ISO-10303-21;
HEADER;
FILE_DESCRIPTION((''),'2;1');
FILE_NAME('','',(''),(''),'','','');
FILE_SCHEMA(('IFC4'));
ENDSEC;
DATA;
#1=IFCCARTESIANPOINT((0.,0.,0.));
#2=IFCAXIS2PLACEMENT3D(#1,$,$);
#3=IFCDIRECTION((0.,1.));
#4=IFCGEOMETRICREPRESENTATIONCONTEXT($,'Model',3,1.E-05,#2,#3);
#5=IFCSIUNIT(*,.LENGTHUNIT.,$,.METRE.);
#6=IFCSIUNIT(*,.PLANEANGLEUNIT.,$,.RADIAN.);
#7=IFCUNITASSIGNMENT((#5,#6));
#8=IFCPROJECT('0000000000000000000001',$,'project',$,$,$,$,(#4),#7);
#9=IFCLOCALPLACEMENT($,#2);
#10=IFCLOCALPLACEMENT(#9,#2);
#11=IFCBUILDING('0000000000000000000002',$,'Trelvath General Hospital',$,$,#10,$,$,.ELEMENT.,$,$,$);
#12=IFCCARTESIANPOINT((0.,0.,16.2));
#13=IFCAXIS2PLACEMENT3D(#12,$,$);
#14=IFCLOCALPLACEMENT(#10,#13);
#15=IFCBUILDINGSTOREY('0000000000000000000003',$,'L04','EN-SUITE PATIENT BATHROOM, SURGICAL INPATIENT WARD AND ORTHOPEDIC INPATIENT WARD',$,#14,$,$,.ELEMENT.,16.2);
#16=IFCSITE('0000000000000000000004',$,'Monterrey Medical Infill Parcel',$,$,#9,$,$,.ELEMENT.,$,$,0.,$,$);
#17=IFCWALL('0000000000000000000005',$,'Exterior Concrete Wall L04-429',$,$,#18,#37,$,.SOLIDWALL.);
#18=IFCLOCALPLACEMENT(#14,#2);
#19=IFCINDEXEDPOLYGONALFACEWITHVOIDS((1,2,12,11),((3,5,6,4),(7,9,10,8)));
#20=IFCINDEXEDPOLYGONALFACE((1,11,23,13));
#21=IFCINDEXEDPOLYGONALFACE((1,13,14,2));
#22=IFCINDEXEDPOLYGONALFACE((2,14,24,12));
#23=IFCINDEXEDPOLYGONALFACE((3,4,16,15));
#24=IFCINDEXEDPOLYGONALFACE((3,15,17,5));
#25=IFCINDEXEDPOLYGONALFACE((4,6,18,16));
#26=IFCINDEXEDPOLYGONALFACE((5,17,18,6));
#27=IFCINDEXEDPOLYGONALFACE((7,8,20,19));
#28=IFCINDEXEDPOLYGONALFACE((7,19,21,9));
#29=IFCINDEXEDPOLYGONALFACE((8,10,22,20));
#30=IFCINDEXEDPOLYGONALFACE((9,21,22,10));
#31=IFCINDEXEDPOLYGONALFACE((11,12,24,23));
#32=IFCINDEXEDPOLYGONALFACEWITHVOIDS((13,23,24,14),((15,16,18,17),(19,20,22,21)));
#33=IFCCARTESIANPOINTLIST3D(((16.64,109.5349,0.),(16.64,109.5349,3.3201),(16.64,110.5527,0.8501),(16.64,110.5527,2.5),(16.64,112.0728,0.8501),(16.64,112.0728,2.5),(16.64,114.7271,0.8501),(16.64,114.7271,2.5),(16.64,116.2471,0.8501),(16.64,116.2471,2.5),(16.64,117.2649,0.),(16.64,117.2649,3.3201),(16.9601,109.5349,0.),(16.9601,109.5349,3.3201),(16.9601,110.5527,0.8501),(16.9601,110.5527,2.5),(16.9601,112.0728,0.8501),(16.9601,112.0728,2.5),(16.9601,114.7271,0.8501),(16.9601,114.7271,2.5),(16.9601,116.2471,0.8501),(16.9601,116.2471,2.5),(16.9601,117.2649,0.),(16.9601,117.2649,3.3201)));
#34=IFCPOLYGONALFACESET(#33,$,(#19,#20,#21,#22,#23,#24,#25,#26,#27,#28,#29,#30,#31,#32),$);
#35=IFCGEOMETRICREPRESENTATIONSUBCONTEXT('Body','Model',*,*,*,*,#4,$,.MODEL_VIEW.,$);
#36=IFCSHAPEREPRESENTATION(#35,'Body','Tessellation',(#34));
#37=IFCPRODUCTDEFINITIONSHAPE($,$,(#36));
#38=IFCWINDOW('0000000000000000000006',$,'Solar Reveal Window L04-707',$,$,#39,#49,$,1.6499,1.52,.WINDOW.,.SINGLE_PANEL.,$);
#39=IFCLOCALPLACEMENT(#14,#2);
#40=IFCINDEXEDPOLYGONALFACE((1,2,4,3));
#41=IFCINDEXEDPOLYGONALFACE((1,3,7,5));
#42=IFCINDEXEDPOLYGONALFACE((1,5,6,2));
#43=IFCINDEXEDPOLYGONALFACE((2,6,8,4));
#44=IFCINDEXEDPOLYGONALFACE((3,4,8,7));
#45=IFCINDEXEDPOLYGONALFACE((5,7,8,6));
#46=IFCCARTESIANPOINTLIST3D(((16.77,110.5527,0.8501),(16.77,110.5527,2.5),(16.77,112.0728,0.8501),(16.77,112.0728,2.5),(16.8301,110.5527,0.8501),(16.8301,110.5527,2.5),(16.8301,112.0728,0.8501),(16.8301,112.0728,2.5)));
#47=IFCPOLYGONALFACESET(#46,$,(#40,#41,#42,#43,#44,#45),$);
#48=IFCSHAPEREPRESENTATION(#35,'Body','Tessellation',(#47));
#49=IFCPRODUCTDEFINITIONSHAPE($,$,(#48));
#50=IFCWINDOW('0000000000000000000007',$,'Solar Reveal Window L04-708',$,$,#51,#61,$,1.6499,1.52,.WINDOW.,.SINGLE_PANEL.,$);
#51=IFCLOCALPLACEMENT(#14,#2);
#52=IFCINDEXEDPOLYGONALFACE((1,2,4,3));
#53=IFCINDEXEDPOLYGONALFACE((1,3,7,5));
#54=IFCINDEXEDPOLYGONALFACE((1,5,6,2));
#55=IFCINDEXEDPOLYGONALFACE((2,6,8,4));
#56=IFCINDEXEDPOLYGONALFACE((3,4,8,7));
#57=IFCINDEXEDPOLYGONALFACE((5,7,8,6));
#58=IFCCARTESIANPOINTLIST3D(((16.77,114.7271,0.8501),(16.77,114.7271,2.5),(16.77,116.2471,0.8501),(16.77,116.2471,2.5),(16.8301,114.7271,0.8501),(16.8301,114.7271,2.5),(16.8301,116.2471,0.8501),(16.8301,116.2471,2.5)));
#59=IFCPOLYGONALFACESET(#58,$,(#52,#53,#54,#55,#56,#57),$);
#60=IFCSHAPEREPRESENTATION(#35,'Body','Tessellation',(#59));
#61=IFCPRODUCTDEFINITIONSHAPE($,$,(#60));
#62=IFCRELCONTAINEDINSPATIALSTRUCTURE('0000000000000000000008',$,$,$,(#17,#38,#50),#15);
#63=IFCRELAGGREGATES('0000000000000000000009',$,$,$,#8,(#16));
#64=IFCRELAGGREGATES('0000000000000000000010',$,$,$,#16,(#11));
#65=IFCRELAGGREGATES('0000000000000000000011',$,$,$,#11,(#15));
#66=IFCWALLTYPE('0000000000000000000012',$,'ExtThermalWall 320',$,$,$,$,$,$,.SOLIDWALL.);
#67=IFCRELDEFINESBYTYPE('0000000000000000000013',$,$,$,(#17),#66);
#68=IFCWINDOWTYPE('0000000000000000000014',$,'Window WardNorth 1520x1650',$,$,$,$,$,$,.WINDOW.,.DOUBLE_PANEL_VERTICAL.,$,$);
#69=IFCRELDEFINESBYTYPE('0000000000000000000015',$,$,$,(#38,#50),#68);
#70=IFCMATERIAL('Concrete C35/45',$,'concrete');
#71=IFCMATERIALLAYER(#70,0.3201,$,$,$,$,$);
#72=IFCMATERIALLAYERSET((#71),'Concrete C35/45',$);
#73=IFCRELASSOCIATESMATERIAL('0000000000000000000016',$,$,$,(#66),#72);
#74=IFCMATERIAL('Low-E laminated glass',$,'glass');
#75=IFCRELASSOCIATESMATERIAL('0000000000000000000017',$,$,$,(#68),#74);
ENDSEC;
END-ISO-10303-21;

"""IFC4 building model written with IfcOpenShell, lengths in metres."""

from ifc_helpers import new_model, si_unit, direction, frame, frame_2d, origin, place, context, subcontext, project, spatial, rectangle, extrude, material, layer, layer_set, type_object, element, fill, save


model = new_model("IFC4")

# Units and contexts
model_context = context("Model", 3, precision=1e-05, world=origin(), true_north=direction((0.0, 1.0)))
body_context = subcontext(model_context, "Body", "Model", "MODEL_VIEW")
ifc_project = project(units=[si_unit("LENGTHUNIT", "METRE"), si_unit("PLANEANGLEUNIT", "RADIAN")], contexts=[model_context])

# Site, building, storey
site_placement = place(None, origin())
site = spatial("IfcSite", under=ifc_project, at=site_placement, Name="Monterrey Medical Infill Parcel", CompositionType="ELEMENT", RefElevation=0.0)
building_placement = place(site_placement, origin())
building = spatial("IfcBuilding", under=site, at=building_placement, Name="Trelvath General Hospital", CompositionType="ELEMENT")
storey_placement = place(building_placement, frame((0.0, 0.0, 16.2)))
storey = spatial("IfcBuildingStorey", under=building, at=storey_placement, Name="L04", Description="EN-SUITE PATIENT BATHROOM, SURGICAL INPATIENT WARD AND ORTHOPEDIC INPATIENT WARD", CompositionType="ELEMENT", Elevation=16.2)

# Wall, openings, windows
ifc_material_1 = material(Name="Concrete C35/45", Category="concrete")
ifc_layer_1 = layer(ifc_material_1, 0.3201)
ifc_layer_set_1 = layer_set([ifc_layer_1], Name="Concrete C35/45")
wall_type_1 = type_object("IfcWallType", Name="ExtThermalWall 320", PredefinedType="SOLIDWALL", material=ifc_layer_set_1)
wall_1_placement = place(storey_placement, frame((16.8, 109.5349, 0.0), z_axis=(0.0, 0.0, 1.0), x_axis=(0.0, 1.0, 0.0)))
wall_1 = element("IfcWall", 1, at=wall_1_placement, inside=storey, type_object=wall_type_1, Name="Exterior Concrete Wall L04-429", PredefinedType="SOLIDWALL", context=body_context, shape_type="SweptSolid", body=[
    extrude(rectangle(XDim=7.73, YDim=0.3201, at=frame_2d((3.865, 0.0))), origin(), (0.0, 0.0, 1.0), 3.3201),
])
opening_1_placement = place(wall_1_placement, frame((1.0178, 0.0, 0.8501)))
opening_1 = element("IfcOpeningElement", 2, at=opening_1_placement, cuts=wall_1, PredefinedType="OPENING", context=body_context, shape_type="SweptSolid", body=[
    extrude(rectangle(XDim=1.52, YDim=1.6499, at=frame_2d((0.76, 0.825))), frame((0.0, 0.1699, 0.0), z_axis=(0.0, -1.0, 0.0), x_axis=(1.0, 0.0, 0.0)), (0.0, 0.0, 1.0), 0.3401),
])
opening_2_placement = place(wall_1_placement, frame((5.1921, 0.0, 0.8501)))
opening_2 = element("IfcOpeningElement", 3, at=opening_2_placement, cuts=wall_1, PredefinedType="OPENING", context=body_context, shape_type="SweptSolid", body=[
    extrude(rectangle(XDim=1.52, YDim=1.6499, at=frame_2d((0.76, 0.825))), frame((0.0, 0.1699, 0.0), z_axis=(0.0, -1.0, 0.0), x_axis=(1.0, 0.0, 0.0)), (0.0, 0.0, 1.0), 0.3401),
])
ifc_material_2 = material(Name="Low-E laminated glass", Category="glass")
window_type_1 = type_object("IfcWindowType", Name="Window WardNorth 1520x1650", PartitioningType="DOUBLE_PANEL_VERTICAL", PredefinedType="WINDOW", material=ifc_material_2)
window_1_placement = place(opening_1_placement, origin())
window_1 = element("IfcWindow", 4, at=window_1_placement, inside=storey, type_object=window_type_1, Name="Solar Reveal Window L04-707", OverallHeight=1.6499, OverallWidth=1.52, PartitioningType="SINGLE_PANEL", PredefinedType="WINDOW", context=body_context, shape_type="SweptSolid", body=[
    extrude(rectangle(XDim=1.52, YDim=1.6499, at=frame_2d((0.76, 0.825))), frame((0.0, 0.03, 0.0), z_axis=(0.0, -1.0, 0.0), x_axis=(1.0, 0.0, 0.0)), (0.0, 0.0, 1.0), 0.0601),
])
fill(opening_1, window_1)
window_2_placement = place(opening_2_placement, origin())
window_2 = element("IfcWindow", 5, at=window_2_placement, inside=storey, type_object=window_type_1, Name="Solar Reveal Window L04-708", OverallHeight=1.6499, OverallWidth=1.52, PartitioningType="SINGLE_PANEL", PredefinedType="WINDOW", context=body_context, shape_type="SweptSolid", body=[
    extrude(rectangle(XDim=1.52, YDim=1.6499, at=frame_2d((0.76, 0.825))), frame((0.0, 0.03, 0.0), z_axis=(0.0, -1.0, 0.0), x_axis=(1.0, 0.0, 0.0)), (0.0, 0.0, 1.0), 0.0601),
])
fill(opening_2, window_2)

save(model, "model.ifc")
